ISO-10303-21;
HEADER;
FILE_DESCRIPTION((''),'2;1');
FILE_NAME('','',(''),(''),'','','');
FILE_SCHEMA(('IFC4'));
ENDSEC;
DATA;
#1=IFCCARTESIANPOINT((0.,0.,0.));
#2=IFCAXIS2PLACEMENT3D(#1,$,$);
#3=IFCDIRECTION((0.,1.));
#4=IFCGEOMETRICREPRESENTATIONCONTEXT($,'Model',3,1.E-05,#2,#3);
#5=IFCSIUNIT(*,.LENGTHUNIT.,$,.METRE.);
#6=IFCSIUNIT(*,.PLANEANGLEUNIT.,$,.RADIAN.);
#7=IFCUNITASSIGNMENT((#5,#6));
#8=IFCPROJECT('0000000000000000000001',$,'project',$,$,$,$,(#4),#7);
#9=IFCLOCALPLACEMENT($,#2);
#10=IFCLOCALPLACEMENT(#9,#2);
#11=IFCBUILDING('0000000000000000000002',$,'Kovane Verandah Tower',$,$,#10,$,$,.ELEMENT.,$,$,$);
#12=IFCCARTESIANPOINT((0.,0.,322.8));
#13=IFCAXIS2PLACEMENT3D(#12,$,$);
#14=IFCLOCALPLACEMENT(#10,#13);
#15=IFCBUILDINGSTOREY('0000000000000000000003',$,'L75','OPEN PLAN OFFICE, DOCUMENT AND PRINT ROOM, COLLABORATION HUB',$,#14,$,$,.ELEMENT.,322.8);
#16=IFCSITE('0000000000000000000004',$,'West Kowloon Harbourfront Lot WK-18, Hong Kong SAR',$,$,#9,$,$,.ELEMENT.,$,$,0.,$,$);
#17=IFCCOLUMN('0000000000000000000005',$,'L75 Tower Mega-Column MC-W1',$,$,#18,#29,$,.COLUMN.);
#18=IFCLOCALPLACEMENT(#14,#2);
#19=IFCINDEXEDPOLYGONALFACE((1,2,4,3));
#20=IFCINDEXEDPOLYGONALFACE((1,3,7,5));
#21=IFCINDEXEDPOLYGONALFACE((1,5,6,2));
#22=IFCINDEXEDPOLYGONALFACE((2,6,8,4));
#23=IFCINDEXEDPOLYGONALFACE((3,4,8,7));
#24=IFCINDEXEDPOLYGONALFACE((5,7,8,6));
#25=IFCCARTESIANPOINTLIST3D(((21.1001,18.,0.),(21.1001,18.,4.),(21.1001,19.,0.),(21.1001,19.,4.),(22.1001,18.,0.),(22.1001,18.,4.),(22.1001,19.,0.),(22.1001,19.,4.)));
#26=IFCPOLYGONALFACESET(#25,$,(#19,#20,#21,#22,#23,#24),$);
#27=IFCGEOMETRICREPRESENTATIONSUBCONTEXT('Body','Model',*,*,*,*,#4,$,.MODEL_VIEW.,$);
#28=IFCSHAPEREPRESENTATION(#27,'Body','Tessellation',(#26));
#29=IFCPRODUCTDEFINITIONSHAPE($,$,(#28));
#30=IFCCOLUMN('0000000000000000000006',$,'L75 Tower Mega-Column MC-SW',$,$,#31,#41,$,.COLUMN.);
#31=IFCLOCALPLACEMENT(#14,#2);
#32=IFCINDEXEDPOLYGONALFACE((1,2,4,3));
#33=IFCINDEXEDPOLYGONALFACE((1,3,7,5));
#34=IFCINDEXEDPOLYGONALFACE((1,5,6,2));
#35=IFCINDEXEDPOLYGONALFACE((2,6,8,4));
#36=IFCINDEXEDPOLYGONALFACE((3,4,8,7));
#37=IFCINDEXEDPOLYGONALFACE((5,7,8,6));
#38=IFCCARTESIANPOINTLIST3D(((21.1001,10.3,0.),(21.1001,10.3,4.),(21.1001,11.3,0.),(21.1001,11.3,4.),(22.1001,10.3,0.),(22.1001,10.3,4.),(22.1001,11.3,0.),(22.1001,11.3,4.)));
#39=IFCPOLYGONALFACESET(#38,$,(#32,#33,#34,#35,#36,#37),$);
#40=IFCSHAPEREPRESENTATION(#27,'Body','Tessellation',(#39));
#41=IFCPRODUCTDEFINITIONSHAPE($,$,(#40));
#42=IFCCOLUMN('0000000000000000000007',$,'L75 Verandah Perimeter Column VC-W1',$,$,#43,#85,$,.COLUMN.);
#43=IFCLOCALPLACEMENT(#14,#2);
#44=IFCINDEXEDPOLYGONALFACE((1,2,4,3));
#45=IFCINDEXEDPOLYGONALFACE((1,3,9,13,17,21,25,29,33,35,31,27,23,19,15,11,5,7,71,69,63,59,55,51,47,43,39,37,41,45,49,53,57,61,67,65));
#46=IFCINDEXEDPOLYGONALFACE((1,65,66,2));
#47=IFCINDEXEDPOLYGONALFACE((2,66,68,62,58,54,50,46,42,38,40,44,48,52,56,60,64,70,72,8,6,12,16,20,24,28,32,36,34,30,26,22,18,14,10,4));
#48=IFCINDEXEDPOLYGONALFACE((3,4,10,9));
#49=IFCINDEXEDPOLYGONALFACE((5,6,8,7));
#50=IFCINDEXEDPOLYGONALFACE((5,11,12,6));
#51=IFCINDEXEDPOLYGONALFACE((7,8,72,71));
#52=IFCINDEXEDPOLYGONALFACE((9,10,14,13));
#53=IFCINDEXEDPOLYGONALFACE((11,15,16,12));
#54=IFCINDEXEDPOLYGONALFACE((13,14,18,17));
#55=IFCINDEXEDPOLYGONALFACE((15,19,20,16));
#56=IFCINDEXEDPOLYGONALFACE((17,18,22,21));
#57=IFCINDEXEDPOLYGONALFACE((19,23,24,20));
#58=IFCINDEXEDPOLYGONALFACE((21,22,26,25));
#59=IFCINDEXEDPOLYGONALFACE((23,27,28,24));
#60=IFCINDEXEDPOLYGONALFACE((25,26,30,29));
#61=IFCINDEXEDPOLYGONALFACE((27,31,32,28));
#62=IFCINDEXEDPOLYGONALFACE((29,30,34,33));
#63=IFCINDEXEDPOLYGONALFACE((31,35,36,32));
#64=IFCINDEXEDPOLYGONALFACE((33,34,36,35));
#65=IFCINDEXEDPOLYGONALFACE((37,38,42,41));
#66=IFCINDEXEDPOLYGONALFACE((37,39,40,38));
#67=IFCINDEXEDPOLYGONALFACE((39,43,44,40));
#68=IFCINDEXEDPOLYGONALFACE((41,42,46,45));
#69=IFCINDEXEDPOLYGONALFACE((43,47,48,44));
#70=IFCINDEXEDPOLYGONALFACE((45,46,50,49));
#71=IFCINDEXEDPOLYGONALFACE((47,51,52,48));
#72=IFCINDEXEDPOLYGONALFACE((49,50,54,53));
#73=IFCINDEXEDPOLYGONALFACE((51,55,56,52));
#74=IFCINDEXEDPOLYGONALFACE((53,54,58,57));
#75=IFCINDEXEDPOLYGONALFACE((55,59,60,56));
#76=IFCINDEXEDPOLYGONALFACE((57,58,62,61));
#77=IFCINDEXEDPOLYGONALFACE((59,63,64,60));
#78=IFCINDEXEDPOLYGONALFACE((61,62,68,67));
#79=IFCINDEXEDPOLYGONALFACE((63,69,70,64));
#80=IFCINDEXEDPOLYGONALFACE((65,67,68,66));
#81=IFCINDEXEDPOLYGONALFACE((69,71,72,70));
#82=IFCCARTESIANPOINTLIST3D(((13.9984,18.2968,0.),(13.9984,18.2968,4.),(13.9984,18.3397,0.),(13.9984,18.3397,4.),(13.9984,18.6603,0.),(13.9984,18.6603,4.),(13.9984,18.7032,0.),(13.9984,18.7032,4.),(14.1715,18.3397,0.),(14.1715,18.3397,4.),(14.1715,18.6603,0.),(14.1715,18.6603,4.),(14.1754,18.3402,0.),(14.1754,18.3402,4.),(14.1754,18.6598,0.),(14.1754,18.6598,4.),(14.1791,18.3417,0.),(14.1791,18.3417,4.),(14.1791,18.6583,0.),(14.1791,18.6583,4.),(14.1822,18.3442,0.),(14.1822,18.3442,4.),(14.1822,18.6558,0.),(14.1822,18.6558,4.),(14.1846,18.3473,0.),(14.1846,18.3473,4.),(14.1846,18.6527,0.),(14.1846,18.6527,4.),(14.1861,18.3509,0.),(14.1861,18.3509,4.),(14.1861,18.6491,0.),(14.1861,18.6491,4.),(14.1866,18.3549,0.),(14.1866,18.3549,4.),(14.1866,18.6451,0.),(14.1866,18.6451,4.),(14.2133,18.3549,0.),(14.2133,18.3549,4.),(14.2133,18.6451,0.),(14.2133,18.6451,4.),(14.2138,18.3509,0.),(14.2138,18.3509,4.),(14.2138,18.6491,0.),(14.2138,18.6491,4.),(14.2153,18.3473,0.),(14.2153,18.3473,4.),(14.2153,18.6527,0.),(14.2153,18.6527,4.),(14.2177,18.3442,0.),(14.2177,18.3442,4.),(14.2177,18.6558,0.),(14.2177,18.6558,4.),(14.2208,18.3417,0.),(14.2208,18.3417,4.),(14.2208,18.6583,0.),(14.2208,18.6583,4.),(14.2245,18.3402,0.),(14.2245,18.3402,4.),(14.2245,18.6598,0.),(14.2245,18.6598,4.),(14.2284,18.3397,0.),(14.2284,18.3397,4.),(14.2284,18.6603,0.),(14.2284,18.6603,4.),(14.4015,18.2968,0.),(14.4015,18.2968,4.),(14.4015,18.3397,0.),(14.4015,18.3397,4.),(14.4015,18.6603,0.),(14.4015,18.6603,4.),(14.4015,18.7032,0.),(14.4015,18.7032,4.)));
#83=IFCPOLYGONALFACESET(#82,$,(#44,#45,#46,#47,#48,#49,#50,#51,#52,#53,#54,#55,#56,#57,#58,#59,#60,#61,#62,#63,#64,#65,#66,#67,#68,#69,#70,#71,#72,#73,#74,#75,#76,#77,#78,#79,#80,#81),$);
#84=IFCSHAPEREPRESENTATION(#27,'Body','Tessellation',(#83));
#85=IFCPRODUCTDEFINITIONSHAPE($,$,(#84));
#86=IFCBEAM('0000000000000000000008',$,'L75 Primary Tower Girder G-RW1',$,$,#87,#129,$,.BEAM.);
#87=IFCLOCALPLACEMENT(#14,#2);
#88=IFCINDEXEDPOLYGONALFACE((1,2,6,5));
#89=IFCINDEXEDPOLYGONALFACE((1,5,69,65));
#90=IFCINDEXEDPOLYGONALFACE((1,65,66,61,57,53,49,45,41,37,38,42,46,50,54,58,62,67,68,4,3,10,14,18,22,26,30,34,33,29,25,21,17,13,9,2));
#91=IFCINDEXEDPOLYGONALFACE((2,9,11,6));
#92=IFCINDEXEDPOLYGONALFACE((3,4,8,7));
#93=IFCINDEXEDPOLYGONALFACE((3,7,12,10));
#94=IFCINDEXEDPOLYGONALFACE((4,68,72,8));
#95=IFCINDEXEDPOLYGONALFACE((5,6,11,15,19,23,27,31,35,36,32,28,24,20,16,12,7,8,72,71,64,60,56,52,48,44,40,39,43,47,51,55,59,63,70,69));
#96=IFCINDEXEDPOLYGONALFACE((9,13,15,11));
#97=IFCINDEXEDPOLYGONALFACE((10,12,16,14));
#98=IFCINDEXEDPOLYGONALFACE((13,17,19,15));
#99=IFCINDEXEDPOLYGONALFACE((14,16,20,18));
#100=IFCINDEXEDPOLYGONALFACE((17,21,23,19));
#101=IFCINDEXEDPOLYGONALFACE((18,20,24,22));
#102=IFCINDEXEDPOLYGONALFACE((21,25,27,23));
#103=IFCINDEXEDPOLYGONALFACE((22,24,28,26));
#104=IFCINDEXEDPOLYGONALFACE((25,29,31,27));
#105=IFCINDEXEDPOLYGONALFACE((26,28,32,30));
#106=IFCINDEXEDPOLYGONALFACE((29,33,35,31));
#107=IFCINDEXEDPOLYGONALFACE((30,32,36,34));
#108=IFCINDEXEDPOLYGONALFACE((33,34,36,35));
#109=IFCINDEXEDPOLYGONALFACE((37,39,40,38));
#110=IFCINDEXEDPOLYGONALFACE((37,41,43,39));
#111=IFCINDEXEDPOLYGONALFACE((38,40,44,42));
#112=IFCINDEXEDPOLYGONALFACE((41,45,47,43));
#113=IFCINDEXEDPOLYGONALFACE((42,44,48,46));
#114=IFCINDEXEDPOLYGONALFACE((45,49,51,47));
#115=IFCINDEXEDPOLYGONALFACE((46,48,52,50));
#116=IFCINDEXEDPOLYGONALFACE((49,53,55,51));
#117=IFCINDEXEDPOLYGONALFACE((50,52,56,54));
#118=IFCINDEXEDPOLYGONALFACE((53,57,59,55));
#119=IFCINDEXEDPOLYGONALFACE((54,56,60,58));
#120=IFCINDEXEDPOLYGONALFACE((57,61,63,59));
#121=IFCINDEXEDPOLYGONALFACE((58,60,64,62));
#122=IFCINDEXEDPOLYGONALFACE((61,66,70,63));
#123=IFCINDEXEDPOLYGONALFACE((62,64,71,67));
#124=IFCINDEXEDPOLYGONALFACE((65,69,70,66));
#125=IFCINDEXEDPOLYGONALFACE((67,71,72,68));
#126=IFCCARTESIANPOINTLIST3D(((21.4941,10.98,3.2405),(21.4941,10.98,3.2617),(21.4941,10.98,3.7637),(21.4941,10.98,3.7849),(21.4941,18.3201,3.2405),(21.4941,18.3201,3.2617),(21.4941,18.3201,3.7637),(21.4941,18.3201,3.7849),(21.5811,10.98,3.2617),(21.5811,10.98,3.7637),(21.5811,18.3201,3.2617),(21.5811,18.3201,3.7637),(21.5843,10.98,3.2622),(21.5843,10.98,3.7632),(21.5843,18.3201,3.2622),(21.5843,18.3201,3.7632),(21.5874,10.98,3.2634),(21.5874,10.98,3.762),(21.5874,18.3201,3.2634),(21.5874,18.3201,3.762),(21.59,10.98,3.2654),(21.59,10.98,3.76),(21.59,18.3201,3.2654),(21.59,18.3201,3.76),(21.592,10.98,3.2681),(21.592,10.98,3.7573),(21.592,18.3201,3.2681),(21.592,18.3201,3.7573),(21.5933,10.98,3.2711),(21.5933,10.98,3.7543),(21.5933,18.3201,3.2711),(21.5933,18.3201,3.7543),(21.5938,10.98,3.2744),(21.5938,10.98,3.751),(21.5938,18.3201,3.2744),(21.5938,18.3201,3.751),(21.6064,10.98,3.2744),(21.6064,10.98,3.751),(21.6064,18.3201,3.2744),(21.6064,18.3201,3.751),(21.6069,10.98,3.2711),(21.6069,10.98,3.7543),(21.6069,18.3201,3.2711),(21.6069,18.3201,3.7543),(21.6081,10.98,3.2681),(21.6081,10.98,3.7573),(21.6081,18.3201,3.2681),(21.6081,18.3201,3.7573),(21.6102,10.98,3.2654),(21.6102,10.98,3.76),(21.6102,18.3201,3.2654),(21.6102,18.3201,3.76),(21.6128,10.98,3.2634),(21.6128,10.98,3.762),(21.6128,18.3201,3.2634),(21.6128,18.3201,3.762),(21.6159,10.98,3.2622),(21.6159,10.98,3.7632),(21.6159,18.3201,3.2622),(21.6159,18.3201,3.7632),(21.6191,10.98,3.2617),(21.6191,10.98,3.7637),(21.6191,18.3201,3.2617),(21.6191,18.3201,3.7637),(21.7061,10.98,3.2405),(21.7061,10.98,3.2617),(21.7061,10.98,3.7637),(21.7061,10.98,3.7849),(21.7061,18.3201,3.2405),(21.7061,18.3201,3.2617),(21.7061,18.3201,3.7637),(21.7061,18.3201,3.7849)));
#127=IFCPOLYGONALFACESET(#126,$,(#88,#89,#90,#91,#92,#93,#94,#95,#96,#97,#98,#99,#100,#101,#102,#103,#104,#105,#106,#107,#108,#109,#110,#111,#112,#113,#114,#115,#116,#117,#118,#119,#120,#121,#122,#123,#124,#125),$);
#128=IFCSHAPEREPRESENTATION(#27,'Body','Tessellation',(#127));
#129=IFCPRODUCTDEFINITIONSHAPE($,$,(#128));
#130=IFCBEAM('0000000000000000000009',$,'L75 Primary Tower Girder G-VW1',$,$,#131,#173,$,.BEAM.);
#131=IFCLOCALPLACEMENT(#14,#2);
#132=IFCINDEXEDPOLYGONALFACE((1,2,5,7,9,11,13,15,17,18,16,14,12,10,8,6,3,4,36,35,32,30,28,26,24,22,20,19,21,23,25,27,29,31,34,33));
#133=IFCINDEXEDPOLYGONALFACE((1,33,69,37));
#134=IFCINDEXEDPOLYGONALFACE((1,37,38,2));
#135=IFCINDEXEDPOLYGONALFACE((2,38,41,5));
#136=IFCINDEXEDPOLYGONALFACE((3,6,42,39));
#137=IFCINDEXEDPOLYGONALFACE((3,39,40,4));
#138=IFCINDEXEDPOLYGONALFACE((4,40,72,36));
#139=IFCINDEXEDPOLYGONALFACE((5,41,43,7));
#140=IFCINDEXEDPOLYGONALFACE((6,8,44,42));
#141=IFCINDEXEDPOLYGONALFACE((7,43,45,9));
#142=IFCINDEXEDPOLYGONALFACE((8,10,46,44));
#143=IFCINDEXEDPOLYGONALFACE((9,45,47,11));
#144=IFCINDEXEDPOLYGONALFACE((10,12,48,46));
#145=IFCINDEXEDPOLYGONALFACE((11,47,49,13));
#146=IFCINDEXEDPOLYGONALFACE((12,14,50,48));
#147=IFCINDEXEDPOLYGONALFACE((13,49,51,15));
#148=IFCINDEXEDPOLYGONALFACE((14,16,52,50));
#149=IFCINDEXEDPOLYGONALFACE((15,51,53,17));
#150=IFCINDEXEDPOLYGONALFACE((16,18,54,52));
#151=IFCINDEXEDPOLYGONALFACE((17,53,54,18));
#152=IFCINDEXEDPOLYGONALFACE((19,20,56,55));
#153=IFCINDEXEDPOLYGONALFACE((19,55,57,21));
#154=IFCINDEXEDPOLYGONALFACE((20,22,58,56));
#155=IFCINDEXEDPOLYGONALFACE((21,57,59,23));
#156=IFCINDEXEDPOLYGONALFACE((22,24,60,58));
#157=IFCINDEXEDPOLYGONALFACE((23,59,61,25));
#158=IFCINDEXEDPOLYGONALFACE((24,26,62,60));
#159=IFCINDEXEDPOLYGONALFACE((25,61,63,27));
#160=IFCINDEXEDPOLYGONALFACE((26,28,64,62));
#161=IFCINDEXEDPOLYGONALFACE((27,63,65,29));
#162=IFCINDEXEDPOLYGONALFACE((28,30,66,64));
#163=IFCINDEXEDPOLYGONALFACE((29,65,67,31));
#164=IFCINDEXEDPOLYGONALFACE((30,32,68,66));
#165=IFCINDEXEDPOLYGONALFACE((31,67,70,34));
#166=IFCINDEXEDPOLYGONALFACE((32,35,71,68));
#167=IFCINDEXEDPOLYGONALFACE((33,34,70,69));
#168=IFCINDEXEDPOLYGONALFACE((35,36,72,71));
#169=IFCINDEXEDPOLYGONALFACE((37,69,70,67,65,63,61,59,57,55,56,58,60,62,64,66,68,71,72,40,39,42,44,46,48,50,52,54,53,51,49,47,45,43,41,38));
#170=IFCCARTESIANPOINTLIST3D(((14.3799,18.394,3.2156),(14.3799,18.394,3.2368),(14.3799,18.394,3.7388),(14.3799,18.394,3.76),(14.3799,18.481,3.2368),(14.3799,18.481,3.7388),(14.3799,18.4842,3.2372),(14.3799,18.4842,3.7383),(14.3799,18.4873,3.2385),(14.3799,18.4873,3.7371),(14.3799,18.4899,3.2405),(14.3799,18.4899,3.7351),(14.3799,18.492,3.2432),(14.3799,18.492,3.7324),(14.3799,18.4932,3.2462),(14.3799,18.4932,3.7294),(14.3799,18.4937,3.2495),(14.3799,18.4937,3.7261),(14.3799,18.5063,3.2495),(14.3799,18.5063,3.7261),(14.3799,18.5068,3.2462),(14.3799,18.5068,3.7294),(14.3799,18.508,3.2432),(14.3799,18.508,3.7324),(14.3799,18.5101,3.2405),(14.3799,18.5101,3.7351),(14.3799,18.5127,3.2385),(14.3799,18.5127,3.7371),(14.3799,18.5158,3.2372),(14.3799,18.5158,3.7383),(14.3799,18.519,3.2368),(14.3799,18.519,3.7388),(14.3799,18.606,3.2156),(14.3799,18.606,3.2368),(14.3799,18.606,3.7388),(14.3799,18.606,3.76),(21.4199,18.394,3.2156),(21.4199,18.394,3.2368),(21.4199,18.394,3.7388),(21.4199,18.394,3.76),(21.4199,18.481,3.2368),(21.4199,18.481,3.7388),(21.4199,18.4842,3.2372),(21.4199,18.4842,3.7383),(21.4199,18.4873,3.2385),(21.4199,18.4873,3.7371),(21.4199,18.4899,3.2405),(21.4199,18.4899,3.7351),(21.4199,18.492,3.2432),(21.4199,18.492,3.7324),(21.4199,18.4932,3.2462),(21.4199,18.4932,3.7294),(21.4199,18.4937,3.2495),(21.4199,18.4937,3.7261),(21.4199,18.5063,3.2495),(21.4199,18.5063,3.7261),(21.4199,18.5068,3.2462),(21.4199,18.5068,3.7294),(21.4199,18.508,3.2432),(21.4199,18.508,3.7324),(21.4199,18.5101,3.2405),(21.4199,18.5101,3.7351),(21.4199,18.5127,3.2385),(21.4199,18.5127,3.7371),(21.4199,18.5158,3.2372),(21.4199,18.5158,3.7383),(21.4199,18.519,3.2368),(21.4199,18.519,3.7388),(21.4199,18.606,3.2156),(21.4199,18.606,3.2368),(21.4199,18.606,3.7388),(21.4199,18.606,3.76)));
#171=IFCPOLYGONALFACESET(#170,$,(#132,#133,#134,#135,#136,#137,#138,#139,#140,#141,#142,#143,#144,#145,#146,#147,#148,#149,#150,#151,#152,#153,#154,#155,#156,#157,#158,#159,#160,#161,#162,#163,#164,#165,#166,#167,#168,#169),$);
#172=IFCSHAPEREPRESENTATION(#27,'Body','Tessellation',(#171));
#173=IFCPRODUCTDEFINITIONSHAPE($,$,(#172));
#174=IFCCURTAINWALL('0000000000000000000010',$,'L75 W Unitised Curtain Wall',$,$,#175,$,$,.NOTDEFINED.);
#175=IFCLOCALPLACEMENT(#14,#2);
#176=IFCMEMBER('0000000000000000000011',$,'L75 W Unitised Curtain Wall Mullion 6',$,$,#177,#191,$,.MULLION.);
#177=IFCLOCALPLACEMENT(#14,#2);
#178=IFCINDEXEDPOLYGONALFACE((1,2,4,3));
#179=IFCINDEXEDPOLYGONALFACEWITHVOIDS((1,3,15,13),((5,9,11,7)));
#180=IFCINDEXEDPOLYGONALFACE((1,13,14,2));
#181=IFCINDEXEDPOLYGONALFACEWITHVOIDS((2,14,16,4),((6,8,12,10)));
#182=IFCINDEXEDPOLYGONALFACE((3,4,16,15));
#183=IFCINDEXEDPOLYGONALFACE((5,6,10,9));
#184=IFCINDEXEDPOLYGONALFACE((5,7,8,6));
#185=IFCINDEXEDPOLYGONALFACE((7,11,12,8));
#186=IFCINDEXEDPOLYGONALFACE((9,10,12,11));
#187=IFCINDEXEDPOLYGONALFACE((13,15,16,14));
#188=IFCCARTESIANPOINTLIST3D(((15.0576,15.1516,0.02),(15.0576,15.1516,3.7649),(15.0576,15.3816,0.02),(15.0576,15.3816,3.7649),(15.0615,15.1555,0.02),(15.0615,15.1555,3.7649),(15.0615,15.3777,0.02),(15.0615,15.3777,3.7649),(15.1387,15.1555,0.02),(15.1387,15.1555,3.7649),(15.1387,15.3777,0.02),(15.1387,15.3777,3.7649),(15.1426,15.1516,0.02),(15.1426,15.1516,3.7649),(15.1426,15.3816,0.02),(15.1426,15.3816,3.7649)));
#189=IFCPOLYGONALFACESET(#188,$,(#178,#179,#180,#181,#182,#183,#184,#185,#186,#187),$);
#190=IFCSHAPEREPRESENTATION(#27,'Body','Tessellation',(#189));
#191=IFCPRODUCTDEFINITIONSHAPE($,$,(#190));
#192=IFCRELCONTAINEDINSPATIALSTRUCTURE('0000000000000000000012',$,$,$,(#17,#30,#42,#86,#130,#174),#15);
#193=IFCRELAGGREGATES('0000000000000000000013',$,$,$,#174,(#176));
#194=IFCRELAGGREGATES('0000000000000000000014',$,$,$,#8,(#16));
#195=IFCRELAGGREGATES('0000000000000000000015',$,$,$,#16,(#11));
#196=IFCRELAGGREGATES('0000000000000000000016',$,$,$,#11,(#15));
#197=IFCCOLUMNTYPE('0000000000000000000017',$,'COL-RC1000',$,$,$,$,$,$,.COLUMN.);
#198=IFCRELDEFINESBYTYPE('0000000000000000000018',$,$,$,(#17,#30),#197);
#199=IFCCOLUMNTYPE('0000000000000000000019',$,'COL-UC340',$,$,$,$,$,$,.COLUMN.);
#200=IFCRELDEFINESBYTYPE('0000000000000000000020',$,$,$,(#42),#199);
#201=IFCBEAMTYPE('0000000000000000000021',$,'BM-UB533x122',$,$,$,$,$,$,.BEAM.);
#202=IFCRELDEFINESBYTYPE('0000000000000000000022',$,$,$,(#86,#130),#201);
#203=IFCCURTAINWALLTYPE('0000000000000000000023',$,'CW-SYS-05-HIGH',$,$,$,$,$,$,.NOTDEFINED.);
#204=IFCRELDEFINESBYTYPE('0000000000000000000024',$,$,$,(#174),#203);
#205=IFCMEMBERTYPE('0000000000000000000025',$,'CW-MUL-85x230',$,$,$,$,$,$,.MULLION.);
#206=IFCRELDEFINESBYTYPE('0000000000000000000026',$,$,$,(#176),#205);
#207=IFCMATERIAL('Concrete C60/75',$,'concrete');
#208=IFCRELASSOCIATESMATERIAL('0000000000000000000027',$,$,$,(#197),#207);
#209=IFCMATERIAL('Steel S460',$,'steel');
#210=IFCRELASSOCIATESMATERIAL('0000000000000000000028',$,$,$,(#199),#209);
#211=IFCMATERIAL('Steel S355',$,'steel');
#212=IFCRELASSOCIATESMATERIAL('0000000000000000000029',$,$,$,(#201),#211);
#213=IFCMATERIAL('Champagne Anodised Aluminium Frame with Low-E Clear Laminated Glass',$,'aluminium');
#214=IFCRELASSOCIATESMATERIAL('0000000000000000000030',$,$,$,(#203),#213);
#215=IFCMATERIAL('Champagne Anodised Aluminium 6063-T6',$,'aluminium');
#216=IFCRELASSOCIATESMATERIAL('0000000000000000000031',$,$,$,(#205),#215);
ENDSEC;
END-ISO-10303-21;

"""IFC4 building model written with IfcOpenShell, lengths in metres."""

from ifc_helpers import new_model, si_unit, direction, frame, origin, origin_2d, place, context, subcontext, project, spatial, rectangle, hollow_rectangle, i_section, extrude, material, material_profile, profile_set, type_object, element, aggregate, save


model = new_model("IFC4")

# Units and contexts
model_context = context("Model", 3, precision=1e-05, world=origin(), true_north=direction((0.0, 1.0)))
body_context = subcontext(model_context, "Body", "Model", "MODEL_VIEW")
ifc_project = project(units=[si_unit("LENGTHUNIT", "METRE"), si_unit("PLANEANGLEUNIT", "RADIAN")], contexts=[model_context])

# Site, building, storey
site_placement = place(None, origin())
site = spatial("IfcSite", under=ifc_project, at=site_placement, Name="West Kowloon Harbourfront Lot WK-18, Hong Kong SAR", CompositionType="ELEMENT", RefElevation=0.0)
building_placement = place(site_placement, origin())
building = spatial("IfcBuilding", under=site, at=building_placement, Name="Kovane Verandah Tower", CompositionType="ELEMENT")
storey_placement = place(building_placement, frame((0.0, 0.0, 322.8)))
storey = spatial("IfcBuildingStorey", under=building, at=storey_placement, Name="L75", Description="OPEN PLAN OFFICE, DOCUMENT AND PRINT ROOM, COLLABORATION HUB", CompositionType="ELEMENT", Elevation=322.8)

# Columns
ifc_material_1 = material(Name="Concrete C60/75", Category="concrete")
ifc_material_profile_1 = material_profile(ifc_material_1, rectangle(XDim=1.0, YDim=1.0, at=origin_2d()), Name="RC1000x1000")
ifc_profile_set_1 = profile_set([ifc_material_profile_1], Name="Concrete C60/75")
column_type_1 = type_object("IfcColumnType", Name="COL-RC1000", PredefinedType="COLUMN", material=ifc_profile_set_1)
for number, where, z_axis, x_axis, name in (
    (1, (21.6001, 18.5, 0.0), (0.0, 0.0, 1.0), (1.0, 0.0, 0.0), "L75 Tower Mega-Column MC-W1"),
    (2, (21.6001, 10.8, 0.0), (0.0, 0.0, 1.0), (1.0, 0.0, 0.0), "L75 Tower Mega-Column MC-SW"),
):
    element("IfcColumn", number, at=place(storey_placement, frame(where, z_axis=z_axis, x_axis=x_axis)), inside=storey, type_object=column_type_1, Name=name, PredefinedType="COLUMN", context=body_context, shape_type="SweptSolid", body=[
        extrude(rectangle(XDim=1.0, YDim=1.0, at=origin_2d()), origin(), (0.0, 0.0, 1.0), 4.0),
    ])
ifc_material_2 = material(Name="Steel S460", Category="steel")
ifc_material_profile_2 = material_profile(ifc_material_2, i_section(OverallWidth=0.4031, OverallDepth=0.4065, WebThickness=0.0266, FlangeThickness=0.043, FilletRadius=0.0151, at=origin_2d()), Name="UC356x406x340")
ifc_profile_set_2 = profile_set([ifc_material_profile_2], Name="Steel S460")
column_type_2 = type_object("IfcColumnType", Name="COL-UC340", PredefinedType="COLUMN", material=ifc_profile_set_2)
column_placement = place(storey_placement, frame((14.2, 18.5, 0.0), z_axis=(0.0, 0.0, 1.0), x_axis=(1.0, 0.0, 0.0)))
element("IfcColumn", 3, at=column_placement, inside=storey, type_object=column_type_2, Name="L75 Verandah Perimeter Column VC-W1", PredefinedType="COLUMN", context=body_context, shape_type="SweptSolid", body=[
    extrude(i_section(OverallWidth=0.4031, OverallDepth=0.4065, WebThickness=0.0266, FlangeThickness=0.043, FilletRadius=0.0151, at=origin_2d()), origin(), (0.0, 0.0, 1.0), 4.0),
])

# Beams
ifc_material_3 = material(Name="Steel S355", Category="steel")
ifc_material_profile_3 = material_profile(ifc_material_3, i_section(OverallWidth=0.2119, OverallDepth=0.5444, WebThickness=0.0127, FlangeThickness=0.0212, FilletRadius=0.0127, at=origin_2d()), Name="UB533x210x122")
ifc_profile_set_3 = profile_set([ifc_material_profile_3], Name="Steel S355")
beam_type = type_object("IfcBeamType", Name="BM-UB533x122", PredefinedType="BEAM", material=ifc_profile_set_3)
beam_1_placement = place(storey_placement, frame((21.6001, 10.98, 3.5127), z_axis=(0.0, 1.0, 0.0), x_axis=(-1.0, 0.0, 0.0)))
element("IfcBeam", 4, at=beam_1_placement, inside=storey, type_object=beam_type, Name="L75 Primary Tower Girder G-RW1", PredefinedType="BEAM", context=body_context, shape_type="SweptSolid", body=[
    extrude(i_section(OverallWidth=0.2119, OverallDepth=0.5444, WebThickness=0.0127, FlangeThickness=0.0212, FilletRadius=0.0127, at=origin_2d()), origin(), (0.0, 0.0, 1.0), 7.3401),
])
beam_2_placement = place(storey_placement, frame((21.4199, 18.5, 3.4878), z_axis=(-1.0, 0.0, 0.0), x_axis=(0.0, -1.0, 0.0)))
element("IfcBeam", 5, at=beam_2_placement, inside=storey, type_object=beam_type, Name="L75 Primary Tower Girder G-VW1", PredefinedType="BEAM", context=body_context, shape_type="SweptSolid", body=[
    extrude(i_section(OverallWidth=0.2119, OverallDepth=0.5444, WebThickness=0.0127, FlangeThickness=0.0212, FilletRadius=0.0127, at=origin_2d()), origin(), (0.0, 0.0, 1.0), 7.04),
])

# Curtain wall, member
ifc_material_4 = material(Name="Champagne Anodised Aluminium Frame with Low-E Clear Laminated Glass", Category="aluminium")
curtain_wall_type = type_object("IfcCurtainWallType", Name="CW-SYS-05-HIGH", PredefinedType="NOTDEFINED", material=ifc_material_4)
curtain_wall_placement = place(storey_placement, origin())
curtain_wall = element("IfcCurtainWall", 6, at=curtain_wall_placement, inside=storey, type_object=curtain_wall_type, Name="L75 W Unitised Curtain Wall", PredefinedType="NOTDEFINED")
ifc_material_5 = material(Name="Champagne Anodised Aluminium 6063-T6", Category="aluminium")
ifc_material_profile_4 = material_profile(ifc_material_5, hollow_rectangle(XDim=0.085, YDim=0.23, WallThickness=0.0039, at=origin_2d()), Name="AL85x230x4")
ifc_profile_set_4 = profile_set([ifc_material_profile_4], Name="Champagne Anodised Aluminium 6063-T6")
member_type_1 = type_object("IfcMemberType", Name="CW-MUL-85x230", PredefinedType="MULLION", material=ifc_profile_set_4)
member_1_placement = place(storey_placement, frame((15.1001, 15.2666, 0.02), z_axis=(0.0, 0.0, 1.0), x_axis=(-1.0, 0.0, 0.0)))
member_1 = element("IfcMember", 7, at=member_1_placement, type_object=member_type_1, Name="L75 W Unitised Curtain Wall Mullion 6", PredefinedType="MULLION", context=body_context, shape_type="SweptSolid", body=[
    extrude(hollow_rectangle(XDim=0.085, YDim=0.23, WallThickness=0.0039, at=origin_2d()), origin(), (0.0, 0.0, 1.0), 3.7449),
])
aggregate(curtain_wall, [member_1])

save(model, "model.ifc")
